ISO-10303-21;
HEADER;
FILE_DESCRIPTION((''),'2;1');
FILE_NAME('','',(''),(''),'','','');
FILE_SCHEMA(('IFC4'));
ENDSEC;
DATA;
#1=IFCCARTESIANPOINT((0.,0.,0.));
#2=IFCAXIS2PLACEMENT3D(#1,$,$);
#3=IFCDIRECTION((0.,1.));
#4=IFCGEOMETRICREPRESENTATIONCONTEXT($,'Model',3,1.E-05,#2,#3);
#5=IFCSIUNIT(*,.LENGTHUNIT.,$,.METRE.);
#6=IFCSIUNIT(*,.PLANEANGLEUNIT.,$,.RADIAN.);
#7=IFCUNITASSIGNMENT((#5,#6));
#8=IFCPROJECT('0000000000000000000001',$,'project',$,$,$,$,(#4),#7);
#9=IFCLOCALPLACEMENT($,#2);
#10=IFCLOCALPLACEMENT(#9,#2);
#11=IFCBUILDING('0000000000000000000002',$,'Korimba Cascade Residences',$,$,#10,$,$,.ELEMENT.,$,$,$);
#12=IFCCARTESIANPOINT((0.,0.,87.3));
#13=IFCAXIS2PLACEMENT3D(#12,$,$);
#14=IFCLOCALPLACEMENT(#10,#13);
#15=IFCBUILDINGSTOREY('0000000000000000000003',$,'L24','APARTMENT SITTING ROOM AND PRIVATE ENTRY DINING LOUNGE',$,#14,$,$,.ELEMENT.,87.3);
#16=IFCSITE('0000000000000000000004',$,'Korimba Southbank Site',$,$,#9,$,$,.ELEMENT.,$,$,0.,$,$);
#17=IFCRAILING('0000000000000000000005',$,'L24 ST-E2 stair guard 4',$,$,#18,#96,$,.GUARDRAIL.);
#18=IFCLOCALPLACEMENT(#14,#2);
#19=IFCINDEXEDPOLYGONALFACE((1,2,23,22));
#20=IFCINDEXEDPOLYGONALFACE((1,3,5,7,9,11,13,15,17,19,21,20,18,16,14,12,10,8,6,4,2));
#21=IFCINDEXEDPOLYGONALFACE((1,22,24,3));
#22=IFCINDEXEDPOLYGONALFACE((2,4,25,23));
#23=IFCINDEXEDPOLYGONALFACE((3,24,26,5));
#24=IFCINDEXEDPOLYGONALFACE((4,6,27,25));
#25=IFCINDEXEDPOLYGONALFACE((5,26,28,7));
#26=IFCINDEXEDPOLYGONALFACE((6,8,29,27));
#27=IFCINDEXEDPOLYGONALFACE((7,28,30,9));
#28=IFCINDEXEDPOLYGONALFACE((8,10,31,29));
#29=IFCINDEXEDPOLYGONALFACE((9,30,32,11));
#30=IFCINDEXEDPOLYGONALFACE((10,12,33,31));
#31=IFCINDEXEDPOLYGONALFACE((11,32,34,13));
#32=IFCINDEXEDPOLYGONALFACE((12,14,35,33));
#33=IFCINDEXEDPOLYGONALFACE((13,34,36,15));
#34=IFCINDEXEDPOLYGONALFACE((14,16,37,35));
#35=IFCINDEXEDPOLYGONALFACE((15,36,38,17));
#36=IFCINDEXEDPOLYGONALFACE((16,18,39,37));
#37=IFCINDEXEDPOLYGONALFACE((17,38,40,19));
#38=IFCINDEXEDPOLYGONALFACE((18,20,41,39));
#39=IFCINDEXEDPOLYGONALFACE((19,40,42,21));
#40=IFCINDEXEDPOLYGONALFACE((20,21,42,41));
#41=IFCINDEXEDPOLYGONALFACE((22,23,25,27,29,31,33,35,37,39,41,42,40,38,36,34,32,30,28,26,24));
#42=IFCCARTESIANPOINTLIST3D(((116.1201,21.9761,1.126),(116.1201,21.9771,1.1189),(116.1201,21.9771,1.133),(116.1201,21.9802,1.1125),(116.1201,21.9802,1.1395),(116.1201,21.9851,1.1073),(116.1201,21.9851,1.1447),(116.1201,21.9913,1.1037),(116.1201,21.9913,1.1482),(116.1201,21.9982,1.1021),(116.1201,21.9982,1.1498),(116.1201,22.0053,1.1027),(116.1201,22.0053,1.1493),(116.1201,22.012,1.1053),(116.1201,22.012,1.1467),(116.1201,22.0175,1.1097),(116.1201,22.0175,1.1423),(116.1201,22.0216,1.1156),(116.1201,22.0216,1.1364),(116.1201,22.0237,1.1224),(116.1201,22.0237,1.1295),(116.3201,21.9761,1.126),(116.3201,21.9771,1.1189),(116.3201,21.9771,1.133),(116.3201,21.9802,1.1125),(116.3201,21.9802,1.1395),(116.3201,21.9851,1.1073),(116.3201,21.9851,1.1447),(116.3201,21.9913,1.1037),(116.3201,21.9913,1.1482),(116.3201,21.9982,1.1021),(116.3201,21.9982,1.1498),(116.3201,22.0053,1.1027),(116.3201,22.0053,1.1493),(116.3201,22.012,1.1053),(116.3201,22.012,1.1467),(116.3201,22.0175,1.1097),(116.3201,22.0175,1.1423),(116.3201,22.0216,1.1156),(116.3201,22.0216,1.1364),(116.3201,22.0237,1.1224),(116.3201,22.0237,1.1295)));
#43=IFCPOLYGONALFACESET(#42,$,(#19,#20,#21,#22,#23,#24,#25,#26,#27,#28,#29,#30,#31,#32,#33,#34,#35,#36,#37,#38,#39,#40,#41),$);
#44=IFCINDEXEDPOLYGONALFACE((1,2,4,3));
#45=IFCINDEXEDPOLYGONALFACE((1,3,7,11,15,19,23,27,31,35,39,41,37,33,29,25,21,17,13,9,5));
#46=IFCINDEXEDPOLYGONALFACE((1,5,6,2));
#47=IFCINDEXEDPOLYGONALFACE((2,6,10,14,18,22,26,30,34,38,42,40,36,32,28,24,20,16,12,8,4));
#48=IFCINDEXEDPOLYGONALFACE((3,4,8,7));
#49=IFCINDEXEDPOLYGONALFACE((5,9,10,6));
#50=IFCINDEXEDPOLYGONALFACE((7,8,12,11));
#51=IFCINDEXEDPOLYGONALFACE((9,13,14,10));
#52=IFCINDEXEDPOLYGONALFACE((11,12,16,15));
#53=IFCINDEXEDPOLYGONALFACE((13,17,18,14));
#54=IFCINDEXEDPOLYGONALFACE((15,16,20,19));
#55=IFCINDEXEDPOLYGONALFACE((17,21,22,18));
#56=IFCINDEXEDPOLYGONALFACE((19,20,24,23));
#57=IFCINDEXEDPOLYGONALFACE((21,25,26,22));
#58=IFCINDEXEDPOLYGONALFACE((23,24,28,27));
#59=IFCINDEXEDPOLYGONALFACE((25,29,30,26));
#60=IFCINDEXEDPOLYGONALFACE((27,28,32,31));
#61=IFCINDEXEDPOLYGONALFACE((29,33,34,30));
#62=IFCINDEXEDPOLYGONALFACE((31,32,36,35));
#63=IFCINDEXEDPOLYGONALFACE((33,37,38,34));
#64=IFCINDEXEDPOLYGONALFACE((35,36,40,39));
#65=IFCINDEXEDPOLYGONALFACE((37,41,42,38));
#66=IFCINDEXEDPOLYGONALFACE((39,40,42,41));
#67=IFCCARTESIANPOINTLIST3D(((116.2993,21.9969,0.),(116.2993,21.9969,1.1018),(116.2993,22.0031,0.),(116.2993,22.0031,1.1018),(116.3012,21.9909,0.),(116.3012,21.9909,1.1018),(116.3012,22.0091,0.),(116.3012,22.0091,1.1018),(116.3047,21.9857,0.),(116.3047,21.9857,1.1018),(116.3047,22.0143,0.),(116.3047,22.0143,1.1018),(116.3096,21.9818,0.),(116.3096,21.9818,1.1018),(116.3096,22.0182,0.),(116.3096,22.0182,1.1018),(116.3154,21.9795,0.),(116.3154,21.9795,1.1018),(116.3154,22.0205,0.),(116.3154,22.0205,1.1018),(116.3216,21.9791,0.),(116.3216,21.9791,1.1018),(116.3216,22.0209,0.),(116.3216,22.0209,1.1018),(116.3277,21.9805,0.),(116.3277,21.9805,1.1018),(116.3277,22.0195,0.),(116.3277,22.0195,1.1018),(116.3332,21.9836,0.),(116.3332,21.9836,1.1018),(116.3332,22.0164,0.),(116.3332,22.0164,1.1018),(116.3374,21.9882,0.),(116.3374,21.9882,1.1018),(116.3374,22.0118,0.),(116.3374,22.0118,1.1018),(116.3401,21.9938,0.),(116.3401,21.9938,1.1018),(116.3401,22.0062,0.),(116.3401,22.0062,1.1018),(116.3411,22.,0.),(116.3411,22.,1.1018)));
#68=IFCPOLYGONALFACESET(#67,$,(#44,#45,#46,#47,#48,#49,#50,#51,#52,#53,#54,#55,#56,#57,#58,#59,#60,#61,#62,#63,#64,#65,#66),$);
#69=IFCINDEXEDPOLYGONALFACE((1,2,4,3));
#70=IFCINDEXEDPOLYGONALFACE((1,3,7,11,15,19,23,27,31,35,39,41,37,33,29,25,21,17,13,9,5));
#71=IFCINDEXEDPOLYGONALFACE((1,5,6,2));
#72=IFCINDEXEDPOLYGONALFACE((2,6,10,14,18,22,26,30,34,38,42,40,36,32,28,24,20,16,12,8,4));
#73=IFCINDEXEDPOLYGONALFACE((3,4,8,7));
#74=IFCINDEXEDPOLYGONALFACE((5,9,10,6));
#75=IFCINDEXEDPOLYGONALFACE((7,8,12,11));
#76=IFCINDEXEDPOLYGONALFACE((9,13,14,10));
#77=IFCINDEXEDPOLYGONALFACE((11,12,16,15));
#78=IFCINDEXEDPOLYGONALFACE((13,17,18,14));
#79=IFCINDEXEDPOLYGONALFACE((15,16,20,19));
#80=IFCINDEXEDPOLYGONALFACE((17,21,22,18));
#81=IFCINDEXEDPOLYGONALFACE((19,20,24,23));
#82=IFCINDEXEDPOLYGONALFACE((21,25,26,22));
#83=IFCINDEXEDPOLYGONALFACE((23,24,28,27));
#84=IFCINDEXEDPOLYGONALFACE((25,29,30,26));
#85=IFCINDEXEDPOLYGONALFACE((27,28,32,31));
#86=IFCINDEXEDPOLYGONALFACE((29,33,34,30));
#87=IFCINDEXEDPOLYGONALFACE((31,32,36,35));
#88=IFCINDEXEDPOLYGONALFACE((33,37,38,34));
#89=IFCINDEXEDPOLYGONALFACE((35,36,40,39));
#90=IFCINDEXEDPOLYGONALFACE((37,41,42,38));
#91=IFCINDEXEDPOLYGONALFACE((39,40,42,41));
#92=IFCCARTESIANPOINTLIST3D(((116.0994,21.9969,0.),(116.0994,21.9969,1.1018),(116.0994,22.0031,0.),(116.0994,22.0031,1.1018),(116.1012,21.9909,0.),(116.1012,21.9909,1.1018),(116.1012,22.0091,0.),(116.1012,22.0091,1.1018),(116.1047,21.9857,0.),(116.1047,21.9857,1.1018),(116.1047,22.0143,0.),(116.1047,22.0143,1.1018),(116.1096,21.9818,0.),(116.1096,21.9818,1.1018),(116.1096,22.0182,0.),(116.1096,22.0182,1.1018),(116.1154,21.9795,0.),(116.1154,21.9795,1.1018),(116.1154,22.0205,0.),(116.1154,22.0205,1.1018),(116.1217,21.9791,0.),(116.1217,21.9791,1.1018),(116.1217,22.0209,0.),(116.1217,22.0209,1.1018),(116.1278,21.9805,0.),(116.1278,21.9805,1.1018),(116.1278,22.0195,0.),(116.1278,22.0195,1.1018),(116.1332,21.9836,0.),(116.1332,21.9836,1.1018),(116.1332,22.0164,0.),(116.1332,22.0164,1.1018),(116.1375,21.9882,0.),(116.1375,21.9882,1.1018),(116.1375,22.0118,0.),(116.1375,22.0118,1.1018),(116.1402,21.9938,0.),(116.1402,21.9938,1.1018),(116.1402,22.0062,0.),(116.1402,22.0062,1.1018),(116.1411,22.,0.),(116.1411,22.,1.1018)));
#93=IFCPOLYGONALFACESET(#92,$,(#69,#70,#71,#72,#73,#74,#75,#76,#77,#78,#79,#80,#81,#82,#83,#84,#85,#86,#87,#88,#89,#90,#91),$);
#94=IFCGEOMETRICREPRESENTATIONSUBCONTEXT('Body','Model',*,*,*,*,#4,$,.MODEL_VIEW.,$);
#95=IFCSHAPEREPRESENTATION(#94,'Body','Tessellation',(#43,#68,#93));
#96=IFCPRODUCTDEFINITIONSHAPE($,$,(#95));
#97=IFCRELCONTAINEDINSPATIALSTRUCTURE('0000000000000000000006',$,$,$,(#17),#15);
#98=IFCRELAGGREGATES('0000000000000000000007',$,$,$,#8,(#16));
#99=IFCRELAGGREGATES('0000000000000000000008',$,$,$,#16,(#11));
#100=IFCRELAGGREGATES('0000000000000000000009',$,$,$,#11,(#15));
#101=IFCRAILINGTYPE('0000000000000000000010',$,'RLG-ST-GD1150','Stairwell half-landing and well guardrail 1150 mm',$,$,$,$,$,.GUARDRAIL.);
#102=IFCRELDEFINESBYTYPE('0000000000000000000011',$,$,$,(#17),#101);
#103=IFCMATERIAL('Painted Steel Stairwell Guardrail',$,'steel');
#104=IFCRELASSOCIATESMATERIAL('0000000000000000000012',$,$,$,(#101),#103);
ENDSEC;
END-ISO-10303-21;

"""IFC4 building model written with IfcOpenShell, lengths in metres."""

from ifc_helpers import new_model, si_unit, direction, frame, origin, origin_2d, place, context, subcontext, project, spatial, circle, extrude, material, type_object, element, save


model = new_model("IFC4")

# Units and contexts
model_context = context("Model", 3, precision=1e-05, world=origin(), true_north=direction((0.0, 1.0)))
body_context = subcontext(model_context, "Body", "Model", "MODEL_VIEW")
ifc_project = project(units=[si_unit("LENGTHUNIT", "METRE"), si_unit("PLANEANGLEUNIT", "RADIAN")], contexts=[model_context])

# Site, building, storey
site_placement = place(None, origin())
site = spatial("IfcSite", under=ifc_project, at=site_placement, Name="Korimba Southbank Site", CompositionType="ELEMENT", RefElevation=0.0)
building_placement = place(site_placement, origin())
building = spatial("IfcBuilding", under=site, at=building_placement, Name="Korimba Cascade Residences", CompositionType="ELEMENT")
storey_placement = place(building_placement, frame((0.0, 0.0, 87.3)))
storey = spatial("IfcBuildingStorey", under=building, at=storey_placement, Name="L24", Description="APARTMENT SITTING ROOM AND PRIVATE ENTRY DINING LOUNGE", CompositionType="ELEMENT", Elevation=87.3)

# Railing
ifc_material_1 = material(Name="Painted Steel Stairwell Guardrail", Category="steel")
railing_type_1 = type_object("IfcRailingType", Name="RLG-ST-GD1150", Description="Stairwell half-landing and well guardrail 1150 mm", PredefinedType="GUARDRAIL", material=ifc_material_1)
railing_1_placement = place(storey_placement, frame((116.3201, 22.0, 0.0)))
element("IfcRailing", 1, at=railing_1_placement, inside=storey, type_object=railing_type_1, Name="L24 ST-E2 stair guard 4", PredefinedType="GUARDRAIL", context=body_context, shape_type="SweptSolid", body=[
    extrude(circle(Radius=0.0239, at=origin_2d()), frame((0.0, 0.0, 1.126), z_axis=(-1.0, 0.0, 0.0), x_axis=(0.0, -1.0, 0.0)), (0.0, 0.0, 1.0), 0.2),
    extrude(circle(Radius=0.021, at=origin_2d()), origin(), (0.0, 0.0, 1.0), 1.1018),
    extrude(circle(Radius=0.021, at=origin_2d()), frame((-0.2, 0.0, 0.0)), (0.0, 0.0, 1.0), 1.1018),
])

save(model, "model.ifc")
